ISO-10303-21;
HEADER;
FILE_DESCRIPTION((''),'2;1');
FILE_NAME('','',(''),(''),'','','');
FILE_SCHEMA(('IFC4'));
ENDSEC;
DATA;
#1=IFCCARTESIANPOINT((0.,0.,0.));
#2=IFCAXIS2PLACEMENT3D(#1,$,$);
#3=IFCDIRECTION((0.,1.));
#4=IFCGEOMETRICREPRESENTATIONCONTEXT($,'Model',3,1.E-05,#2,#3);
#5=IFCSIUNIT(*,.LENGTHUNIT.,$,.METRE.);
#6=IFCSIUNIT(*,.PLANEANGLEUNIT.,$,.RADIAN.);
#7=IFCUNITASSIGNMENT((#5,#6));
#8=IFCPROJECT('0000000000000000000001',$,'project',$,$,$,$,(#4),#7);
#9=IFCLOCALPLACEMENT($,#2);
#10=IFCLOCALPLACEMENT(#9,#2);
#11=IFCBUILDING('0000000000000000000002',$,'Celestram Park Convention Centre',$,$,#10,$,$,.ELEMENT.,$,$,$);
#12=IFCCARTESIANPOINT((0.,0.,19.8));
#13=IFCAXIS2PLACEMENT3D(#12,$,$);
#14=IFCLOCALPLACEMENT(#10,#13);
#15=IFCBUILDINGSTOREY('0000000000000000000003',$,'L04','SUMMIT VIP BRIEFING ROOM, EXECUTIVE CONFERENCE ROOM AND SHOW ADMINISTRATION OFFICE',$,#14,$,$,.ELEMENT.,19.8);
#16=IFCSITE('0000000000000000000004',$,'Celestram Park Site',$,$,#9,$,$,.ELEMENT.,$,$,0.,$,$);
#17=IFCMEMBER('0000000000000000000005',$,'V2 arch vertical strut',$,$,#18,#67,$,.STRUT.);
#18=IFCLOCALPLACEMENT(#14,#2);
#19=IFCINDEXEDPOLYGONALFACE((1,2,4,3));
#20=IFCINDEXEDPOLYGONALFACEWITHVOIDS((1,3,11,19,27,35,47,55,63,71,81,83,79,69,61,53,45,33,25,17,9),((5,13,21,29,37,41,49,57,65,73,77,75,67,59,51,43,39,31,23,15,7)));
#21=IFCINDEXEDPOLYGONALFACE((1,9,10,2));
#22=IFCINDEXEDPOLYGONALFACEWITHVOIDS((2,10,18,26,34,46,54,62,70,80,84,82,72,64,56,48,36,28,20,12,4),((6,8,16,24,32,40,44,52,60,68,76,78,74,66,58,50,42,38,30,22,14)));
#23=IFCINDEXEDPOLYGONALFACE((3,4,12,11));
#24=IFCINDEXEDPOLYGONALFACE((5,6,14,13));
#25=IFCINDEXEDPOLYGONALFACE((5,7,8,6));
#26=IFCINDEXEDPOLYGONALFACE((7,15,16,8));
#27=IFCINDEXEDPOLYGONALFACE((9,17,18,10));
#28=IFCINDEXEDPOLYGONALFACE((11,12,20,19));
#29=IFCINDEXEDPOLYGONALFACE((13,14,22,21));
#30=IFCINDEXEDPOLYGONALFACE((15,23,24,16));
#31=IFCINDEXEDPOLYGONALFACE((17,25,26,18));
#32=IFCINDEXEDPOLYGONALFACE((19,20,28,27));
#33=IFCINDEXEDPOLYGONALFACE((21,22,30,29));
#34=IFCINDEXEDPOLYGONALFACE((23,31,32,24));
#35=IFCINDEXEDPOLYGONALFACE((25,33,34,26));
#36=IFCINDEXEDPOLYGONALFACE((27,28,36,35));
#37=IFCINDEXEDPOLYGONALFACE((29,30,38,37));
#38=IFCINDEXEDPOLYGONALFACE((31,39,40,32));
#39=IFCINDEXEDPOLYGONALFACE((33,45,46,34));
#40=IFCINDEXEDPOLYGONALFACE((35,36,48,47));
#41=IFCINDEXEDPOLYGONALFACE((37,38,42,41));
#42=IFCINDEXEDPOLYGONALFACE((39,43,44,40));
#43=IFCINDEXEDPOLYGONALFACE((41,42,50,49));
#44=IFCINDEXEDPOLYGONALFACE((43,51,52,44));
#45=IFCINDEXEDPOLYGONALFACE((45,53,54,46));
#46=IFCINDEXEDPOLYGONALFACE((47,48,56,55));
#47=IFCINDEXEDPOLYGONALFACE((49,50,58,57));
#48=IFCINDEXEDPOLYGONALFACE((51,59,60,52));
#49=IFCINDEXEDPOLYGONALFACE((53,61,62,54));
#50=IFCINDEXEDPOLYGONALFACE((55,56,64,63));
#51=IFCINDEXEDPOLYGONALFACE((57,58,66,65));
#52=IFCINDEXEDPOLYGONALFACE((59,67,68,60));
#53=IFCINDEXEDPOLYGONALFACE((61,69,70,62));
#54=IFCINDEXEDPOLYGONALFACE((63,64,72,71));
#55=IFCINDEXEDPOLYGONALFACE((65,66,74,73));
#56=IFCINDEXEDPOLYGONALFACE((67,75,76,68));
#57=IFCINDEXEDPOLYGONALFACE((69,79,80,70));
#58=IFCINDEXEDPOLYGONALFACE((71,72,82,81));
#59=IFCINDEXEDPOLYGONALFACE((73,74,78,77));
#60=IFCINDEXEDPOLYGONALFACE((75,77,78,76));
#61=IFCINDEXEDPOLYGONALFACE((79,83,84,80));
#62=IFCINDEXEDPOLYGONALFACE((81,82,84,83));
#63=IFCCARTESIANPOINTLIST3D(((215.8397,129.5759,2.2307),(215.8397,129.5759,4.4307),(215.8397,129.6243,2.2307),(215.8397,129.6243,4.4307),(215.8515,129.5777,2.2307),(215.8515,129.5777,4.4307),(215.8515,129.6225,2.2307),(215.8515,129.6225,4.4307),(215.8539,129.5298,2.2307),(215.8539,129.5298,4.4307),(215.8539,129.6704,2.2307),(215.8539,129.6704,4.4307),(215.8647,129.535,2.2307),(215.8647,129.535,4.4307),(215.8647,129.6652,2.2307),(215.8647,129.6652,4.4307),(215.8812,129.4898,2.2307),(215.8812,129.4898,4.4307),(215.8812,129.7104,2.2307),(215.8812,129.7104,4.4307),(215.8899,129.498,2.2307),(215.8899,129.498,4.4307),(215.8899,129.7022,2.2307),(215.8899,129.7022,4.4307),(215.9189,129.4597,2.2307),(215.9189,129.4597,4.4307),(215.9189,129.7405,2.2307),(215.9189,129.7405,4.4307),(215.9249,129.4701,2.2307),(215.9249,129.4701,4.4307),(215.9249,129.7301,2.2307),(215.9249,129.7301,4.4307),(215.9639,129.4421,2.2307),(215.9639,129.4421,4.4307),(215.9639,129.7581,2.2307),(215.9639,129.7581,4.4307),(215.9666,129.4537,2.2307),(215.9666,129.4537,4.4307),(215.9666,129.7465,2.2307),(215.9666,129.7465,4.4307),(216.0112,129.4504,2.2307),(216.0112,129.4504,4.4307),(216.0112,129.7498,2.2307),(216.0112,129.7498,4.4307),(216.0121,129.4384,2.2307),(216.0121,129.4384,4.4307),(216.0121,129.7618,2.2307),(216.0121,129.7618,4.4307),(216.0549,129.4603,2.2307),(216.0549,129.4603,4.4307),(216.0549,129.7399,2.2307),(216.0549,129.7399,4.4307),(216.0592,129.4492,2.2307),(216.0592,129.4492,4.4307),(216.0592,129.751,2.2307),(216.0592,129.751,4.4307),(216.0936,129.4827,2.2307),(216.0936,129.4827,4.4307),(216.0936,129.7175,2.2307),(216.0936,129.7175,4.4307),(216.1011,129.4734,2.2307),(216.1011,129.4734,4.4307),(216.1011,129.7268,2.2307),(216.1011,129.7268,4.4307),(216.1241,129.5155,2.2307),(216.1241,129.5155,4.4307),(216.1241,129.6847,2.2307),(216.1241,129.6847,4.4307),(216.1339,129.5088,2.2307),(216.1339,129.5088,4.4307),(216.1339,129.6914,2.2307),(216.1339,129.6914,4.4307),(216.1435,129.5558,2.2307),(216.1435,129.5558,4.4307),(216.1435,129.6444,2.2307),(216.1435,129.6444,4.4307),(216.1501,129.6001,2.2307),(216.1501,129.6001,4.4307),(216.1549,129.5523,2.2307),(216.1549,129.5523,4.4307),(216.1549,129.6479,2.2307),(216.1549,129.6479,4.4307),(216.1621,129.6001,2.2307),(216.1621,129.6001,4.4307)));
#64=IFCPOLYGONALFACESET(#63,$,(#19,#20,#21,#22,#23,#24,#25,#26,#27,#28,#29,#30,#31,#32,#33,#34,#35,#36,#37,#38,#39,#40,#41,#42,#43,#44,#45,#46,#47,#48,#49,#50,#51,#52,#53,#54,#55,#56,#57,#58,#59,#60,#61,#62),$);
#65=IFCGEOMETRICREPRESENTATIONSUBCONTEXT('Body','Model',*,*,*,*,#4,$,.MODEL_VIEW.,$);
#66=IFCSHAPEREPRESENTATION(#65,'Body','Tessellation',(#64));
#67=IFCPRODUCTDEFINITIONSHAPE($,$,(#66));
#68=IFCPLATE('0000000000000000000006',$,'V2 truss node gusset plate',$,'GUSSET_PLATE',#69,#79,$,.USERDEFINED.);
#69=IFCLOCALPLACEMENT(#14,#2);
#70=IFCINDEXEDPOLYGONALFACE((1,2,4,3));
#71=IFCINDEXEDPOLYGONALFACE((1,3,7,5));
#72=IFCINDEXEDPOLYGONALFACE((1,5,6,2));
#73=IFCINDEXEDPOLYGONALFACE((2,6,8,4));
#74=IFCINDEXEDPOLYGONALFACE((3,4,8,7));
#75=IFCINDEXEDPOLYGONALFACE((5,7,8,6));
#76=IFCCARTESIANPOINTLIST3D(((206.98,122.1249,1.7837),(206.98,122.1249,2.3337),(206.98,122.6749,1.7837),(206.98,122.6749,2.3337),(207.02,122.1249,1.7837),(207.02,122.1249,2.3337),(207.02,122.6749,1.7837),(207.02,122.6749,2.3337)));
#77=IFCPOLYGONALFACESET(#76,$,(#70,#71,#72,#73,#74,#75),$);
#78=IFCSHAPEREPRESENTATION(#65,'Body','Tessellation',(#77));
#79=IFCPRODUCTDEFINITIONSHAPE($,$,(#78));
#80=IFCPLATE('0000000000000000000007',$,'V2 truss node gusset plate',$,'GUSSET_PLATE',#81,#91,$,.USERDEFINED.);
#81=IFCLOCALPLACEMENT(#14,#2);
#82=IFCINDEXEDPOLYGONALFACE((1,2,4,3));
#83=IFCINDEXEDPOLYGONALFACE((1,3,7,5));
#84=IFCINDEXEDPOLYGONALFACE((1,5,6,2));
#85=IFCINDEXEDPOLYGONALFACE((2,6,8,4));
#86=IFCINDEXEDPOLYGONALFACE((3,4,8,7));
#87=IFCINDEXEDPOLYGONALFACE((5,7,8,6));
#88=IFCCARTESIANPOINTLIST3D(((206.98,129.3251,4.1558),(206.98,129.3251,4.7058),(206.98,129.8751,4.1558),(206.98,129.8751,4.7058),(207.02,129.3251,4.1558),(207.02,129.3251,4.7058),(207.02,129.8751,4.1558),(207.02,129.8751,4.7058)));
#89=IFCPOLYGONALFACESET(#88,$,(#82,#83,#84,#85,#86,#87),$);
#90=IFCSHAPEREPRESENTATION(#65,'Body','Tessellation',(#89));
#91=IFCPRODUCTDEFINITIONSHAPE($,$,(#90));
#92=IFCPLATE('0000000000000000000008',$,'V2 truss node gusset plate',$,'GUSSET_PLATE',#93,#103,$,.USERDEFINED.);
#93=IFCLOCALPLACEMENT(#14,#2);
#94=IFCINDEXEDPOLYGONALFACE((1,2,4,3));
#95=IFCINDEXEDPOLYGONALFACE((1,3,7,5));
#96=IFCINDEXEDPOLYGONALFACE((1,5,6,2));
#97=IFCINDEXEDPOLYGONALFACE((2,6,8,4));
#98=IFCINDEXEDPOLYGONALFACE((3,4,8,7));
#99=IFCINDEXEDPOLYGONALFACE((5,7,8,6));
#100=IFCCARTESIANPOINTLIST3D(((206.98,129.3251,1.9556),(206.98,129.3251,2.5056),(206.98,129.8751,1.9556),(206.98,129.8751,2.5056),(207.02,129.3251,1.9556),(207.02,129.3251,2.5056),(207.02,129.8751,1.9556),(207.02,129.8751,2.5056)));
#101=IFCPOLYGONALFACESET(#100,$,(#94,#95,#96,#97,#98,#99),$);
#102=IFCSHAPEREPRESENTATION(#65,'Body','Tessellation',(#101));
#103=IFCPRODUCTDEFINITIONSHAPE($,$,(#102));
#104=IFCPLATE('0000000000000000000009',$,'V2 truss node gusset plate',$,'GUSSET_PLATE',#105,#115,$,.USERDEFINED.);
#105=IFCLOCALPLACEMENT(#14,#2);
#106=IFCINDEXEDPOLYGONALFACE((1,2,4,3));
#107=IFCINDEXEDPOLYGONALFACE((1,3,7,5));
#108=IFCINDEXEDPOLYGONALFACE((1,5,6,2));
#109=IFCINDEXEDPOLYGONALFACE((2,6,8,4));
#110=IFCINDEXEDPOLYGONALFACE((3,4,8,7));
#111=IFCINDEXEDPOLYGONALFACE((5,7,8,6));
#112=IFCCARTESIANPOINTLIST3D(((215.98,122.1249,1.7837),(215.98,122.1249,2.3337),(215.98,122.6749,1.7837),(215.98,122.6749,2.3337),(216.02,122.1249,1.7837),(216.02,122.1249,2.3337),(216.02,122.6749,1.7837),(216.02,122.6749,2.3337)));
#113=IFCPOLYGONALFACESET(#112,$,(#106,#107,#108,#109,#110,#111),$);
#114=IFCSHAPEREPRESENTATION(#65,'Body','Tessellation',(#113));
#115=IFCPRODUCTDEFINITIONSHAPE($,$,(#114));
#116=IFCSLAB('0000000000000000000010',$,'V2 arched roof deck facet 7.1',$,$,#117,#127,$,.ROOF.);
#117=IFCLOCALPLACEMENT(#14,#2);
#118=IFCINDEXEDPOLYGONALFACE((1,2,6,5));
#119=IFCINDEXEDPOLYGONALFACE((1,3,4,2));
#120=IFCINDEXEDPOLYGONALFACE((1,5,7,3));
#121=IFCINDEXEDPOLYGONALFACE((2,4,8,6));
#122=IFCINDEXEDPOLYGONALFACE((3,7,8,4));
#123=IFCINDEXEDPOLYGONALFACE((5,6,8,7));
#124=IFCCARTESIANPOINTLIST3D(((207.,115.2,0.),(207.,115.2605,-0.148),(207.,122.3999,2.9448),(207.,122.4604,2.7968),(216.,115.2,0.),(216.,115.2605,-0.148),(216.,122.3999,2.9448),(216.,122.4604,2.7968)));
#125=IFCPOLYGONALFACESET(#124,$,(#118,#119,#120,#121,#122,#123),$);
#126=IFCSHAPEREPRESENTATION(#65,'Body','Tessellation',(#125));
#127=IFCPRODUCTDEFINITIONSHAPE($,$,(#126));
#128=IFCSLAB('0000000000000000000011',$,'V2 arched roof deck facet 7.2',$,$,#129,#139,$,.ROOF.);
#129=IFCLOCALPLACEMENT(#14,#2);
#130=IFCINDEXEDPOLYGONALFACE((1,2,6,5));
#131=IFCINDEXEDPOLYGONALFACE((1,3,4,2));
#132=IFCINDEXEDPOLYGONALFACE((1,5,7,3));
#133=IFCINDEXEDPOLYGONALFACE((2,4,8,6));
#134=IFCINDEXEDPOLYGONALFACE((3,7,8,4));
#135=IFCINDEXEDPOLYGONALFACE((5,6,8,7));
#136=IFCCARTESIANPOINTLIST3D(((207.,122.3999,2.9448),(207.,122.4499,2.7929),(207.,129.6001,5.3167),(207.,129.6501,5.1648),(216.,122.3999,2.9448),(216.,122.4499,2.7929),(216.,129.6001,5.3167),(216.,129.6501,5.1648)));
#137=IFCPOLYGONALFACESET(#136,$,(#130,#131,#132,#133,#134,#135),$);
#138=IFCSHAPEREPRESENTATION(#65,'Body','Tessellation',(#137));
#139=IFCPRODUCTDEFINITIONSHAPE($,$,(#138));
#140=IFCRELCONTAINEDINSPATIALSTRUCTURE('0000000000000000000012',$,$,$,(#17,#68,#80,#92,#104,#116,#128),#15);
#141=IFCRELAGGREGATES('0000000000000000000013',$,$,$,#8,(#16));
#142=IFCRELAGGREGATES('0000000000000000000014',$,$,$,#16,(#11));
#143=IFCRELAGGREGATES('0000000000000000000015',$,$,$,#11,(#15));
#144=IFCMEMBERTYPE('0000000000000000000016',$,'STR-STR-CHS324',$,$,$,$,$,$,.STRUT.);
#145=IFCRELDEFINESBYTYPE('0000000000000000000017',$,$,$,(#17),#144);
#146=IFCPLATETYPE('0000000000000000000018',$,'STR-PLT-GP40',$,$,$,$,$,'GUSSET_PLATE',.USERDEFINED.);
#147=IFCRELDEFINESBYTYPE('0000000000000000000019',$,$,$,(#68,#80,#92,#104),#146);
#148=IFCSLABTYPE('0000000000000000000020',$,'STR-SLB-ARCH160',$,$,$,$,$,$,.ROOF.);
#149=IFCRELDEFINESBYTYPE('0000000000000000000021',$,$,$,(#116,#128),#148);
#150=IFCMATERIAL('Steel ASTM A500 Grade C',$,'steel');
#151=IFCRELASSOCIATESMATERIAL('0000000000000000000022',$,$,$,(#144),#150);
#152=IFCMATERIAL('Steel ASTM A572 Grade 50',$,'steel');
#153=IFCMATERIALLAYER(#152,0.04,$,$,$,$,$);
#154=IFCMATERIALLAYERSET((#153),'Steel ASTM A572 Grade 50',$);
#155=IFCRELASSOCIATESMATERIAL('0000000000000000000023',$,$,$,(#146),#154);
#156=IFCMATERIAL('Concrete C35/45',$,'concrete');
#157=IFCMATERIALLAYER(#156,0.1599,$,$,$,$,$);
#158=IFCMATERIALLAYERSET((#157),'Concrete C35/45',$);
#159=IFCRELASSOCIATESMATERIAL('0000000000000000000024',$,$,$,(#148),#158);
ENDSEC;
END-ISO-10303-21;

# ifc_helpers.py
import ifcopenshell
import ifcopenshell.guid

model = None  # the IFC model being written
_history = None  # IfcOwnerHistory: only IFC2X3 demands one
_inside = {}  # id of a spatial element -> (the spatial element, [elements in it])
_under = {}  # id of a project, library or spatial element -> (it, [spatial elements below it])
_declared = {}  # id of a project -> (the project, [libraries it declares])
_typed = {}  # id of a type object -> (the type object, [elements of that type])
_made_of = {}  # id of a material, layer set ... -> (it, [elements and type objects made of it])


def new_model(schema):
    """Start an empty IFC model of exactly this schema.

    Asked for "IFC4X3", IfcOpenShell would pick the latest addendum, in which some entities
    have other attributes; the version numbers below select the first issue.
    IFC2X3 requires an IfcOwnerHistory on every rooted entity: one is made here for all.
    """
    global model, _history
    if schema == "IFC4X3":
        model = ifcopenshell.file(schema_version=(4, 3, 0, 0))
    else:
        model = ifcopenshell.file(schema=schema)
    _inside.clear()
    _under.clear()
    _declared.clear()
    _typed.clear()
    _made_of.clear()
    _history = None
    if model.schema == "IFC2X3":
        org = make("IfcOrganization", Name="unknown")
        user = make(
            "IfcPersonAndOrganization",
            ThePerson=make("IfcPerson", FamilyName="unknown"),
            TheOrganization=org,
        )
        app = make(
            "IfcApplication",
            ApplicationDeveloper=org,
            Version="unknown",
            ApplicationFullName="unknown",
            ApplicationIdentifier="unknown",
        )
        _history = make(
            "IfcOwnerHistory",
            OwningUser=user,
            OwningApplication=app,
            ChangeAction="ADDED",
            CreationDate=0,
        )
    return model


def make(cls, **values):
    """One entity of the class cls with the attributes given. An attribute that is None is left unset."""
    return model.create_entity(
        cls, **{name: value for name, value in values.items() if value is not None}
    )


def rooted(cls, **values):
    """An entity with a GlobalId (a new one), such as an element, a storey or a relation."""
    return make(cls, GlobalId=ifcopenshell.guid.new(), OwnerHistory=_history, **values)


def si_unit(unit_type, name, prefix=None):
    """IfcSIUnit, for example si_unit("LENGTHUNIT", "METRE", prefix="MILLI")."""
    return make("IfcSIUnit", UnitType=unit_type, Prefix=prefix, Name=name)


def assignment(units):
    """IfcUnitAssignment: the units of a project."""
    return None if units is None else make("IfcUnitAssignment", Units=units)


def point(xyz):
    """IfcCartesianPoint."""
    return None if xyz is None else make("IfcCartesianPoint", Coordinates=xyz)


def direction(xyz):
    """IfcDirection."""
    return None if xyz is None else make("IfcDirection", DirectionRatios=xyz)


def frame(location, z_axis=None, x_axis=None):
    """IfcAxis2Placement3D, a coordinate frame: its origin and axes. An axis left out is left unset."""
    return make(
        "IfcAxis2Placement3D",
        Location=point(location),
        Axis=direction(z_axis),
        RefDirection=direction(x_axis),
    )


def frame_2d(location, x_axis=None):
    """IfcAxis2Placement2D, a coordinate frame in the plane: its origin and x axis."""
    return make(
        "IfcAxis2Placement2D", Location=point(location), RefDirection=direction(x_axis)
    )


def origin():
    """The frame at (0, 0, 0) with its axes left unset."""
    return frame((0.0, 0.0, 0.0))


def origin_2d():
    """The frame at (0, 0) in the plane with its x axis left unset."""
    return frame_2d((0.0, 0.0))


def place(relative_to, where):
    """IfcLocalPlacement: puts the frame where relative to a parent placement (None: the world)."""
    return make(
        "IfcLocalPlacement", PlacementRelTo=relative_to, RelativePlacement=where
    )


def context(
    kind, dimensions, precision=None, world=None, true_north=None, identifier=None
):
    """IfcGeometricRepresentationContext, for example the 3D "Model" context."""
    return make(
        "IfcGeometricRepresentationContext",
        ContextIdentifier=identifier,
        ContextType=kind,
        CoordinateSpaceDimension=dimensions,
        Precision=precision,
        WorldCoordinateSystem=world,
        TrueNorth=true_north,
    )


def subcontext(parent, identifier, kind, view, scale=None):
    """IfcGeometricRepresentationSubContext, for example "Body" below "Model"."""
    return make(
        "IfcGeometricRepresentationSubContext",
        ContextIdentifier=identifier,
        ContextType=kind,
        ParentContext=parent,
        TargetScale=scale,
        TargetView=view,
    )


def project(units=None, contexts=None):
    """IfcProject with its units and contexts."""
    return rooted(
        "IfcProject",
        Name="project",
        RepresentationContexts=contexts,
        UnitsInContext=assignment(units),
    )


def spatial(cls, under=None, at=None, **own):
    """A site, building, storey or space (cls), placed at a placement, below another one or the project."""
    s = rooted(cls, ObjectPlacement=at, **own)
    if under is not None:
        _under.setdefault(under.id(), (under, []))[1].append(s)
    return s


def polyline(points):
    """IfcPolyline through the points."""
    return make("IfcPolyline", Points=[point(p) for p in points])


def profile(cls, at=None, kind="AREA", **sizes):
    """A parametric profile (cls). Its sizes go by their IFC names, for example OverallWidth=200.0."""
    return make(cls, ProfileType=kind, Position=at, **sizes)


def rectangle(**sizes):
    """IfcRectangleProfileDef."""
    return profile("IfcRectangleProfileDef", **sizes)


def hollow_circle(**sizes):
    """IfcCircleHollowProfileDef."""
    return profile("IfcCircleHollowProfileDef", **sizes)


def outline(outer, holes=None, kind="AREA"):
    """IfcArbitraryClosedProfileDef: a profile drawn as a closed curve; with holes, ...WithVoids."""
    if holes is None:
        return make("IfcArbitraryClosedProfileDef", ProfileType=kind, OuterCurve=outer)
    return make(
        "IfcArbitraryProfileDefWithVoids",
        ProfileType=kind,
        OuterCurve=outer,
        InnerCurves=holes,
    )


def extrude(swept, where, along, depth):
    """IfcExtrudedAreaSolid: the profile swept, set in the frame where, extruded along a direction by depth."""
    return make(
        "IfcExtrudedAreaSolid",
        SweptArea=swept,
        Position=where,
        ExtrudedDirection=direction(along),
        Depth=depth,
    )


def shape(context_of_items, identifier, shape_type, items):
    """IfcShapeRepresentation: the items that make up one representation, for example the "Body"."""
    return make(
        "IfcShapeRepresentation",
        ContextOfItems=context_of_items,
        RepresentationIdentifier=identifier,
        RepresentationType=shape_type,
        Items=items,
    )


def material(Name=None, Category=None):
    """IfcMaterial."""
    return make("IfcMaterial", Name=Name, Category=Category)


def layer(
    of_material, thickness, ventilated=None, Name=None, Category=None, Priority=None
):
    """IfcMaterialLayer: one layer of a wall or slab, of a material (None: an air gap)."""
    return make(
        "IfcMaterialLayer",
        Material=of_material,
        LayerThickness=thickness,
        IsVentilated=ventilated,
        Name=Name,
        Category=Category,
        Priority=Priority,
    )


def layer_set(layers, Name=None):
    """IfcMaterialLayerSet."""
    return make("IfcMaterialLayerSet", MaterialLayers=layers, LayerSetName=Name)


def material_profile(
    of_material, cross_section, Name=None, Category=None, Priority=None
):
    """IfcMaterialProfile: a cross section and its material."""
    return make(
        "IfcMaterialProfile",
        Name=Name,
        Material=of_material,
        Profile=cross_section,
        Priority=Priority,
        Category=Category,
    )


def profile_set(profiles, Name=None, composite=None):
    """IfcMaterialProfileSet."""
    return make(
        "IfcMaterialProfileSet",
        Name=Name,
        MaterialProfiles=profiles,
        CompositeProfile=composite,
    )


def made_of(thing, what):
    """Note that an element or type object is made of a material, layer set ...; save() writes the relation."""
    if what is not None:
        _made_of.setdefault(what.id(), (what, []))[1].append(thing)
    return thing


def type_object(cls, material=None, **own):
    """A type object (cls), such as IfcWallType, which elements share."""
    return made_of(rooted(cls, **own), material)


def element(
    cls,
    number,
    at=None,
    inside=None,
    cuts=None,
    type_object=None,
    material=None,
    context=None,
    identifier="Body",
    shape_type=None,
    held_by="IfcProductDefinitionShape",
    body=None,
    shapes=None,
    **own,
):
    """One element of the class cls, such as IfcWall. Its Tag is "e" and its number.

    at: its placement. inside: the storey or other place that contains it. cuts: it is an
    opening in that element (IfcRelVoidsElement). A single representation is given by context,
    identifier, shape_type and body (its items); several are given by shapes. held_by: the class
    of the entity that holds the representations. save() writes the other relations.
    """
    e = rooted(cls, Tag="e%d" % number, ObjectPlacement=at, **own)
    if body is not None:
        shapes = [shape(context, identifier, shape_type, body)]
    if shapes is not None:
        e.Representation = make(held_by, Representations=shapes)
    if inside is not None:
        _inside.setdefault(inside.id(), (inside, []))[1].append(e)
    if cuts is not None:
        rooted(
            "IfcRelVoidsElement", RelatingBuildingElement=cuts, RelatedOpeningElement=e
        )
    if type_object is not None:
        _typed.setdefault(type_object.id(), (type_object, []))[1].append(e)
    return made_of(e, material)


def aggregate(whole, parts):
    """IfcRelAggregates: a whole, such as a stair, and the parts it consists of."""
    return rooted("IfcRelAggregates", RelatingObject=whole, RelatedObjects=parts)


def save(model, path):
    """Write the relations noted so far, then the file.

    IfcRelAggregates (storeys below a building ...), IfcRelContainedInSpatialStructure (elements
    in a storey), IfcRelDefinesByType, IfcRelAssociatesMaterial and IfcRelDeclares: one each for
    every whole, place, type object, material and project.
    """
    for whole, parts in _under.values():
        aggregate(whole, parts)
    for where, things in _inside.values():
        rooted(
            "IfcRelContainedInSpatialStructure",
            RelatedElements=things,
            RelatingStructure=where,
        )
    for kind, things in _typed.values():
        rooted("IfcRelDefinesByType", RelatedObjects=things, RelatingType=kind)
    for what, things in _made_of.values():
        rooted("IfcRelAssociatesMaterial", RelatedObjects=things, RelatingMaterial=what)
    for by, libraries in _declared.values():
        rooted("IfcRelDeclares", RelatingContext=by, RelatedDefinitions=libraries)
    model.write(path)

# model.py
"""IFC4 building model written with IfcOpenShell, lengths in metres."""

from ifc_helpers import new_model, si_unit, direction, frame, origin, origin_2d, place, context, subcontext, project, spatial, polyline, rectangle, hollow_circle, outline, extrude, material, layer, layer_set, material_profile, profile_set, type_object, element, save


model = new_model("IFC4")

# Units and contexts
model_context = context("Model", 3, precision=1e-05, world=origin(), true_north=direction((0.0, 1.0)))
body_context = subcontext(model_context, "Body", "Model", "MODEL_VIEW")
ifc_project = project(units=[si_unit("LENGTHUNIT", "METRE"), si_unit("PLANEANGLEUNIT", "RADIAN")], contexts=[model_context])

# Site, building, storey
site_placement = place(None, origin())
site = spatial("IfcSite", under=ifc_project, at=site_placement, Name="Celestram Park Site", CompositionType="ELEMENT", RefElevation=0.0)
building_placement = place(site_placement, origin())
building = spatial("IfcBuilding", under=site, at=building_placement, Name="Celestram Park Convention Centre", CompositionType="ELEMENT")
storey_placement = place(building_placement, frame((0.0, 0.0, 19.8)))
storey = spatial("IfcBuildingStorey", under=building, at=storey_placement, Name="L04", Description="SUMMIT VIP BRIEFING ROOM, EXECUTIVE CONFERENCE ROOM AND SHOW ADMINISTRATION OFFICE", CompositionType="ELEMENT", Elevation=19.8)

# Member
ifc_material_1 = material(Name="Steel ASTM A500 Grade C", Category="steel")
ifc_material_profile_1 = material_profile(ifc_material_1, hollow_circle(Radius=0.1621, WallThickness=0.012, at=origin_2d()), Name="CHS324X12")
ifc_profile_set_1 = profile_set([ifc_material_profile_1], Name="Steel ASTM A500 Grade C")
member_type_1 = type_object("IfcMemberType", Name="STR-STR-CHS324", PredefinedType="STRUT", material=ifc_profile_set_1)
for number, where, z_axis, x_axis, name in (
    (1, (216.0, 129.6001, 2.2307), (0.0, 0.0, 1.0), (1.0, 0.0, 0.0), "V2 arch vertical strut"),
):
    element("IfcMember", number, at=place(storey_placement, frame(where, z_axis=z_axis, x_axis=x_axis)), inside=storey, type_object=member_type_1, Name=name, PredefinedType="STRUT", context=body_context, shape_type="SweptSolid", body=[
        extrude(hollow_circle(Radius=0.1621, WallThickness=0.012, at=origin_2d()), origin(), (0.0, 0.0, 1.0), 2.2),
    ])

# Plates
ifc_material_2 = material(Name="Steel ASTM A572 Grade 50", Category="steel")
ifc_layer_1 = layer(ifc_material_2, 0.04)
ifc_layer_set_1 = layer_set([ifc_layer_1], Name="Steel ASTM A572 Grade 50")
plate_type = type_object("IfcPlateType", Name="STR-PLT-GP40", ElementType="GUSSET_PLATE", PredefinedType="USERDEFINED", material=ifc_layer_set_1)
for number, where, z_axis, x_axis, name in (
    (2, (207.0, 122.3999, 1.7837), (0.0, 0.0, 1.0), (0.0, 1.0, 0.0), "V2 truss node gusset plate"),
    (3, (207.0, 129.6001, 4.1558), (0.0, 0.0, 1.0), (0.0, 1.0, 0.0), "V2 truss node gusset plate"),
    (4, (207.0, 129.6001, 1.9556), (0.0, 0.0, 1.0), (0.0, 1.0, 0.0), "V2 truss node gusset plate"),
    (5, (216.0, 122.3999, 1.7837), (0.0, 0.0, 1.0), (0.0, 1.0, 0.0), "V2 truss node gusset plate"),
):
    element("IfcPlate", number, at=place(storey_placement, frame(where, z_axis=z_axis, x_axis=x_axis)), inside=storey, type_object=plate_type, Name=name, ObjectType="GUSSET_PLATE", PredefinedType="USERDEFINED", context=body_context, shape_type="SweptSolid", body=[
        extrude(rectangle(XDim=0.55, YDim=0.04, at=origin_2d()), origin(), (0.0, 0.0, 1.0), 0.55),
    ])

# Slabs
ifc_material_3 = material(Name="Concrete C35/45", Category="concrete")
ifc_layer_2 = layer(ifc_material_3, 0.1599)
ifc_layer_set_2 = layer_set([ifc_layer_2], Name="Concrete C35/45")
slab_type = type_object("IfcSlabType", Name="STR-SLB-ARCH160", PredefinedType="ROOF", material=ifc_layer_set_2)
slab_1_placement = place(storey_placement, frame((207.0, 115.2, 0.0), z_axis=(0.0, -0.378566, 0.925574), x_axis=(1.0, 0.0, 0.0)))
element("IfcSlab", 6, at=slab_1_placement, inside=storey, type_object=slab_type, Name="V2 arched roof deck facet 7.1", PredefinedType="ROOF", context=body_context, shape_type="SweptSolid", body=[
    extrude(outline(polyline([(0.0, 0.0), (9.0, 0.0), (9.0, 7.7789), (0.0, 7.7789), (0.0, 0.0)])), origin(), (0.0, 0.0, -1.0), 0.1599),
])
slab_2_placement = place(storey_placement, frame((207.0, 122.3999, 2.9448), z_axis=(0.0, -0.312873, 0.949795), x_axis=(1.0, 0.0, 0.0)))
element("IfcSlab", 7, at=slab_2_placement, inside=storey, type_object=slab_type, Name="V2 arched roof deck facet 7.2", PredefinedType="ROOF", context=body_context, shape_type="SweptSolid", body=[
    extrude(outline(polyline([(0.0, 0.0), (9.0, 0.0), (9.0, 7.5808), (0.0, 7.5808), (0.0, 0.0)])), origin(), (0.0, 0.0, -1.0), 0.1599),
])

save(model, "model.ifc")
